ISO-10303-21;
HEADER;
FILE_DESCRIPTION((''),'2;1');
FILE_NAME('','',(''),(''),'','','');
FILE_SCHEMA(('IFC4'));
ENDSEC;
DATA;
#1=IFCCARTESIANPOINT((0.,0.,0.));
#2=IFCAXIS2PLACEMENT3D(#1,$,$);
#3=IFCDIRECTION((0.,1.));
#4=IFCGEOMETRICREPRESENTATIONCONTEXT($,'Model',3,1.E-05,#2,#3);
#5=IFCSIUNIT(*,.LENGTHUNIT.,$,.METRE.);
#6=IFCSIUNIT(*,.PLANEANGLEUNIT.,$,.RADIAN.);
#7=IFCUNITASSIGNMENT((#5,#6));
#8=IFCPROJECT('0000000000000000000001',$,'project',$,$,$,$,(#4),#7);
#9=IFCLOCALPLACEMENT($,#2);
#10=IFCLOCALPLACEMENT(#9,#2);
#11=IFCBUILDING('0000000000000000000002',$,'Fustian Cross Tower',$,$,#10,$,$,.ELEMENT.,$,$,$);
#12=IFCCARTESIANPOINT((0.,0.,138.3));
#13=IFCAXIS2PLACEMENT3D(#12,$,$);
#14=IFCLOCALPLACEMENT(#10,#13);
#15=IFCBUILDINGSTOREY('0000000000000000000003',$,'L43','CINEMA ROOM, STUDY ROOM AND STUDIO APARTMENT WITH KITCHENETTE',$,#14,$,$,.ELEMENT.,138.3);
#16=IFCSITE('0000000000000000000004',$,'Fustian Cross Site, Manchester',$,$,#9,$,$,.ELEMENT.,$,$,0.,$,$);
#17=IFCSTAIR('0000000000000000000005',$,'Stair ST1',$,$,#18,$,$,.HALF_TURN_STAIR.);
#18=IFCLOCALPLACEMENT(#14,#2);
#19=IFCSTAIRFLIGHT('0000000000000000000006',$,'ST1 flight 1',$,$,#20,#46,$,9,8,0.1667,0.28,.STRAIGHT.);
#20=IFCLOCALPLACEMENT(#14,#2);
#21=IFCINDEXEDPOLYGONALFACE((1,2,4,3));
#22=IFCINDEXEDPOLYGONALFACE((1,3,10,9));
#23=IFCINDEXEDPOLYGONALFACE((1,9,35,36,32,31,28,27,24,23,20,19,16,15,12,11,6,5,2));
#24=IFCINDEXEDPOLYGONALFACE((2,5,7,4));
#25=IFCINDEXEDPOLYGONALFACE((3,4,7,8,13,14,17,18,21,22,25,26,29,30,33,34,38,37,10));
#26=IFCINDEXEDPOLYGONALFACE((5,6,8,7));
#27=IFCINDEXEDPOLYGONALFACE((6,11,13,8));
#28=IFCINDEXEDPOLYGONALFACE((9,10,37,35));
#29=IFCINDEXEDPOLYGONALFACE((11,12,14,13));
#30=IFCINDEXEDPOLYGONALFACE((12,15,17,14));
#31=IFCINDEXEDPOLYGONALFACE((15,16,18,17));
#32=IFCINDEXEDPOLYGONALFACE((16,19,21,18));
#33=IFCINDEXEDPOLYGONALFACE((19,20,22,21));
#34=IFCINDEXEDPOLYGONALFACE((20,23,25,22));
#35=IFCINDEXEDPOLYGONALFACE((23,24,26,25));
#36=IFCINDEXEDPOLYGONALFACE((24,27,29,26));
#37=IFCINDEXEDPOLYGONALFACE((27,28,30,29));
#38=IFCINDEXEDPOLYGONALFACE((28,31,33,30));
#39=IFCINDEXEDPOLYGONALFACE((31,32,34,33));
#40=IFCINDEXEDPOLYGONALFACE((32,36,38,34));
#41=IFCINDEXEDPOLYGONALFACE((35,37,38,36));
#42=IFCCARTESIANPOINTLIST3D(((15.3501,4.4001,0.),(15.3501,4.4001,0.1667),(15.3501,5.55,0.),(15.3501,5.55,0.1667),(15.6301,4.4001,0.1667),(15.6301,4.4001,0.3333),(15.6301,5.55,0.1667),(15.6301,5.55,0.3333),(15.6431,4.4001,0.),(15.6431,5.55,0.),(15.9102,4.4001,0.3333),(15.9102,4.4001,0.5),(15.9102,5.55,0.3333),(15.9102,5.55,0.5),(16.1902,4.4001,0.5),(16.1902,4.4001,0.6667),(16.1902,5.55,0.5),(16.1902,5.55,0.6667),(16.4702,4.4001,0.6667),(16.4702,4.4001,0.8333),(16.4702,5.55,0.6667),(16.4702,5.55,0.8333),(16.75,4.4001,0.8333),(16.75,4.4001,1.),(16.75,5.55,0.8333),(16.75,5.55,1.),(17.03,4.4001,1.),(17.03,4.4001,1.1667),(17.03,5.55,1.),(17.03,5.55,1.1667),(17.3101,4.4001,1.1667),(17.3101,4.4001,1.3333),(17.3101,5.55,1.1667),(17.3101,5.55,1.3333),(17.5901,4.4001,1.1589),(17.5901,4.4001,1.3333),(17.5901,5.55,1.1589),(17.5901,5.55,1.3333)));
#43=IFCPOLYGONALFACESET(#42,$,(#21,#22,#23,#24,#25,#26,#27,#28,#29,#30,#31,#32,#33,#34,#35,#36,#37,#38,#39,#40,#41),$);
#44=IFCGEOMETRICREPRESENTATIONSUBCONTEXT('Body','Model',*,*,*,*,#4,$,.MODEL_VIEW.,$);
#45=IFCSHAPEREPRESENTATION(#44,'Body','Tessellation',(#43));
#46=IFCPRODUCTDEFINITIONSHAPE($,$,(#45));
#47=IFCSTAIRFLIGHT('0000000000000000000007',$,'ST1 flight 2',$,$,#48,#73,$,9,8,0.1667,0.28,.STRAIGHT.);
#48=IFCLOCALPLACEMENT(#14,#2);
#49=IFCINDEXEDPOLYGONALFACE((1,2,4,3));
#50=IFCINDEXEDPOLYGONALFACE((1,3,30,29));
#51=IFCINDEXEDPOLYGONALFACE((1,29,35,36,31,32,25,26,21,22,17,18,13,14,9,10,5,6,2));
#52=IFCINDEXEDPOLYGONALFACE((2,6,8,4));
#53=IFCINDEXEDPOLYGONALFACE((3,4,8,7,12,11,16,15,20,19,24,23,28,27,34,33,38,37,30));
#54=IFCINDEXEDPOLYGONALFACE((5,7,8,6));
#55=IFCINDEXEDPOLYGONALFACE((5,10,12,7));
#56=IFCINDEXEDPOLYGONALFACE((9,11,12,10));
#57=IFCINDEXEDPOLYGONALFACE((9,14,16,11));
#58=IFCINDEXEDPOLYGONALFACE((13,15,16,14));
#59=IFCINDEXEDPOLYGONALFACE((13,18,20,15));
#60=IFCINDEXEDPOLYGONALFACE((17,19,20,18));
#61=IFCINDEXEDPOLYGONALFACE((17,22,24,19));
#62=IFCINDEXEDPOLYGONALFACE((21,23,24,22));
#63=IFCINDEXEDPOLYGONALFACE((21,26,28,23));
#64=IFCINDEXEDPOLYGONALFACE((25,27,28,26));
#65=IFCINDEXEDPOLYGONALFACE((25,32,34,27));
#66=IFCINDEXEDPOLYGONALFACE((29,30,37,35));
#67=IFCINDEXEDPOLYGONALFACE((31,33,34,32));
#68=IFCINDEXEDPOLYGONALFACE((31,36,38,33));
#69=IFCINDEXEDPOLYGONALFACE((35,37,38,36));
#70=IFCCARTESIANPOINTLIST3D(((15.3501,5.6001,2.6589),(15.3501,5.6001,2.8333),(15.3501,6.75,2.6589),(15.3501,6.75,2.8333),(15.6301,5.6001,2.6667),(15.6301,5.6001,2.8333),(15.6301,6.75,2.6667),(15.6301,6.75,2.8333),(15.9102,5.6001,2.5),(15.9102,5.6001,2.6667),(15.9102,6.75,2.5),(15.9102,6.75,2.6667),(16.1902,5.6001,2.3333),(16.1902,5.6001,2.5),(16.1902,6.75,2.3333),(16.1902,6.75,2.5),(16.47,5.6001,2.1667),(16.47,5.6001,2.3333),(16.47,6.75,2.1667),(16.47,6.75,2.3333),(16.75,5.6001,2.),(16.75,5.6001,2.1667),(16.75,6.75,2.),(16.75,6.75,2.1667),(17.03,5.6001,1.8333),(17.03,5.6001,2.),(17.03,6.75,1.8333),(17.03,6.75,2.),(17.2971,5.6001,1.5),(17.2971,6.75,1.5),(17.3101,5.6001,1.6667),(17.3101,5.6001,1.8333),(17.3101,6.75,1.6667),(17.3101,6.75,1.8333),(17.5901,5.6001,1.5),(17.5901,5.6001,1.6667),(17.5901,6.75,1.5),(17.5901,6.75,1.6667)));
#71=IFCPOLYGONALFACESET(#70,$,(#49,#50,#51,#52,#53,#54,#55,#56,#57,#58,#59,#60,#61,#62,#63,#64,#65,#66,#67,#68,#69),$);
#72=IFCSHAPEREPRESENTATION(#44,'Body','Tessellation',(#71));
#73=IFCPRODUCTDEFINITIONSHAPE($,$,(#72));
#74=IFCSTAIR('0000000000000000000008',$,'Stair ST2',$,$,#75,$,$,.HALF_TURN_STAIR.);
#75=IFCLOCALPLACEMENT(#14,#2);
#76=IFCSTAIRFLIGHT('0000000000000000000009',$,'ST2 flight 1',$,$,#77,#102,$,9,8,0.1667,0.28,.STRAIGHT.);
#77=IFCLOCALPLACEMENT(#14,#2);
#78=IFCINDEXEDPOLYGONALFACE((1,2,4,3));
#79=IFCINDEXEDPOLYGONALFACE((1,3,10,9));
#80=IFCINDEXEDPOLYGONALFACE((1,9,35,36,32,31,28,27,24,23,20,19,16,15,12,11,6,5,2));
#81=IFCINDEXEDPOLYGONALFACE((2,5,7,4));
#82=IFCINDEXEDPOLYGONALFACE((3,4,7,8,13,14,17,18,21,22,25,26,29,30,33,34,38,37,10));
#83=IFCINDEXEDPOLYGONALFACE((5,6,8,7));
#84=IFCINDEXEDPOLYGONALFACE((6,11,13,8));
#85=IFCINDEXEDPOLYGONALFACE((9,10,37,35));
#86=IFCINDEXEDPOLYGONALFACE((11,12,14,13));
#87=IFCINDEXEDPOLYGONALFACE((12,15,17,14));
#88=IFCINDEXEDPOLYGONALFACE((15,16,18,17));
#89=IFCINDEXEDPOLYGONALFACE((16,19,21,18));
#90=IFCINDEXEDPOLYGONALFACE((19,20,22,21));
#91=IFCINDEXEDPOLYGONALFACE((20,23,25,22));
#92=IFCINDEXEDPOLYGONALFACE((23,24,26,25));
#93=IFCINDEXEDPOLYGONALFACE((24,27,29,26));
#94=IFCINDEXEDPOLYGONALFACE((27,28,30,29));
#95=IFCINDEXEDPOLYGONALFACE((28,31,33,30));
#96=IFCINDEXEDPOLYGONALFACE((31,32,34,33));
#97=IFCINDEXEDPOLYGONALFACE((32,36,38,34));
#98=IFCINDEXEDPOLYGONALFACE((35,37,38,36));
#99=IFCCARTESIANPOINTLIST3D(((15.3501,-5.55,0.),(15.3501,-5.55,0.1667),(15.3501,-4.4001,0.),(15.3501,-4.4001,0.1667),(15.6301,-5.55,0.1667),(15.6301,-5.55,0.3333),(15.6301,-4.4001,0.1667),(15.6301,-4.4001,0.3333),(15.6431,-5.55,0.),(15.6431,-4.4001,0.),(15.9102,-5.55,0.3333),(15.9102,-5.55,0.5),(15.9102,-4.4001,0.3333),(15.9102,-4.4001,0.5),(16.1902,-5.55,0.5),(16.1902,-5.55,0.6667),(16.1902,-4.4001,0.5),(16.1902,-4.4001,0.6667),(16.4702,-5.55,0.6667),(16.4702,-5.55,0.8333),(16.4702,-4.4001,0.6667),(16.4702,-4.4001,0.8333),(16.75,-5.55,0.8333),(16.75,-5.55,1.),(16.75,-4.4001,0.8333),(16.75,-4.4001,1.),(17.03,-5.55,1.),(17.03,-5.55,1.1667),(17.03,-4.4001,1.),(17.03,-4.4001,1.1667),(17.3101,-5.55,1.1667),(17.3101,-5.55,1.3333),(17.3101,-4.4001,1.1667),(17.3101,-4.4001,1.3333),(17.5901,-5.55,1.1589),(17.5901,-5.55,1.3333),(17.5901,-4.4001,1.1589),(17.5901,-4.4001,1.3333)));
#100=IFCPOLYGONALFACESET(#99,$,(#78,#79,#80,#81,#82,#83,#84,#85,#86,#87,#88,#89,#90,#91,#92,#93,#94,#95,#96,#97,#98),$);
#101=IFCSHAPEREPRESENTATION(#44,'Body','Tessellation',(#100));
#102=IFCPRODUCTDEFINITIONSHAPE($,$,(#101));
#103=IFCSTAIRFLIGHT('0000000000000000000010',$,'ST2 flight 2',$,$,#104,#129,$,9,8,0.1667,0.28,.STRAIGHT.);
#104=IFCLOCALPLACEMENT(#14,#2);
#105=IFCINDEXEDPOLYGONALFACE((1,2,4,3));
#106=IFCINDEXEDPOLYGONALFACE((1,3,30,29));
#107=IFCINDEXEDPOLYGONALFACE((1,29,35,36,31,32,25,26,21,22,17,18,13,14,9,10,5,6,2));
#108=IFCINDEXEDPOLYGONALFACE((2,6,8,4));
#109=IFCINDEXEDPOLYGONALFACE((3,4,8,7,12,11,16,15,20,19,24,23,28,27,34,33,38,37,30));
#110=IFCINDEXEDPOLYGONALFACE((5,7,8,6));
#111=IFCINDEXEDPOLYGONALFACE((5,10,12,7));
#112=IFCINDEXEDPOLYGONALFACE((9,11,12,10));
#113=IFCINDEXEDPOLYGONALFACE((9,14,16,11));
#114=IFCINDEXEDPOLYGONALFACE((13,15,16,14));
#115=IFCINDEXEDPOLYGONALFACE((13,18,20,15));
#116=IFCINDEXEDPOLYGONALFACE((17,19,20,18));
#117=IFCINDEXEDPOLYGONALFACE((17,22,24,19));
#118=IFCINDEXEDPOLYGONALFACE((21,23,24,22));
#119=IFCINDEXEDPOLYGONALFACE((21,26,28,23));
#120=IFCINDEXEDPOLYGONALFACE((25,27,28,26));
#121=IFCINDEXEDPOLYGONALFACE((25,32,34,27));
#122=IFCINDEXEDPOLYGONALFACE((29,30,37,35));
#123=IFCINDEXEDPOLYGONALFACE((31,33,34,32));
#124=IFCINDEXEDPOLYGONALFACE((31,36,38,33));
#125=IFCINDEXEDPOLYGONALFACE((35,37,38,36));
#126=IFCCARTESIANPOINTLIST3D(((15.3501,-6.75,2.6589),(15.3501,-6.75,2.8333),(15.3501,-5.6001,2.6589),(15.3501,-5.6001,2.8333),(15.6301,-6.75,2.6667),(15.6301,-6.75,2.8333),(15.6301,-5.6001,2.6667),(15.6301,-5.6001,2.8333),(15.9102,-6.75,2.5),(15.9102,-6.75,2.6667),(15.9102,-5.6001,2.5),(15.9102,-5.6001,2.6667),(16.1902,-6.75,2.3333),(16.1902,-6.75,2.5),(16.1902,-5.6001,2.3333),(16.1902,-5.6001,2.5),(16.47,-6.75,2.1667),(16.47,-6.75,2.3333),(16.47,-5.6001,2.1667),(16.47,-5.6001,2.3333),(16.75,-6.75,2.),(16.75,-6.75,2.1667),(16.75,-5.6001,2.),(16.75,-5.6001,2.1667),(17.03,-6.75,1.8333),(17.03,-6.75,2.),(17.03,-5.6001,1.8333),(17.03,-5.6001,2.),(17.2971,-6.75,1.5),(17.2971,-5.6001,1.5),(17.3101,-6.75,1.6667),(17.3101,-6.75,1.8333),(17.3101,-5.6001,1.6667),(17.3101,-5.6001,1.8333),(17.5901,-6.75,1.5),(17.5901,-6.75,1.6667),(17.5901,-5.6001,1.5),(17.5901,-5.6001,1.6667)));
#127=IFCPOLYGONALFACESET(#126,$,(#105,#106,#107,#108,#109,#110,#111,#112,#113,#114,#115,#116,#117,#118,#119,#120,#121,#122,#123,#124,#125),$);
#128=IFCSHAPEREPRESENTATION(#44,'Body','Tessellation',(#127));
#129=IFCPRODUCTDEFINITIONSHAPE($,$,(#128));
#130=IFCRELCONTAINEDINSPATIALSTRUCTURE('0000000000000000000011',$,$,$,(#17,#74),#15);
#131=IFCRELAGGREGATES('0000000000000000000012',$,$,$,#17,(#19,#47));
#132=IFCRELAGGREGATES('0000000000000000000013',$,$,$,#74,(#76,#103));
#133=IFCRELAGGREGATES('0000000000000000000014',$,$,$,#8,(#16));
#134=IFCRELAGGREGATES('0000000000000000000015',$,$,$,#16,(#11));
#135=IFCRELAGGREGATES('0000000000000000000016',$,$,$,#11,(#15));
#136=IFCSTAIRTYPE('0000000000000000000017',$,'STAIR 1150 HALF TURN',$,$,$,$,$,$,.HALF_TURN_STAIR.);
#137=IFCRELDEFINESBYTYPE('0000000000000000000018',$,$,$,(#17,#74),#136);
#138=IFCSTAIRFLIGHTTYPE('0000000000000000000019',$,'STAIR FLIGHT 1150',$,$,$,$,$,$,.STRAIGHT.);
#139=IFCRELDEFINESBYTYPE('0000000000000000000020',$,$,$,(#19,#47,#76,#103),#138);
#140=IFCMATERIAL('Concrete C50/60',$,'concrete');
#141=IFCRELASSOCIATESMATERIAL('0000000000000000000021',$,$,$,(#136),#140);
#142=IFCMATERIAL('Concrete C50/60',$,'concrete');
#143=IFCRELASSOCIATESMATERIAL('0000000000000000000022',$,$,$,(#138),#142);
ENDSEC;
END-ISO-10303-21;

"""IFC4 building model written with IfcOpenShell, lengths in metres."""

from ifc_helpers import new_model, si_unit, direction, frame, origin, place, context, subcontext, project, spatial, polyline, outline, extrude, material, type_object, element, aggregate, save


model = new_model("IFC4")

# Units and contexts
model_context = context("Model", 3, precision=1e-05, world=origin(), true_north=direction((0.0, 1.0)))
body_context = subcontext(model_context, "Body", "Model", "MODEL_VIEW")
ifc_project = project(units=[si_unit("LENGTHUNIT", "METRE"), si_unit("PLANEANGLEUNIT", "RADIAN")], contexts=[model_context])

# Site, building, storey
site_placement = place(None, origin())
site = spatial("IfcSite", under=ifc_project, at=site_placement, Name="Fustian Cross Site, Manchester", CompositionType="ELEMENT", RefElevation=0.0)
building_placement = place(site_placement, origin())
building = spatial("IfcBuilding", under=site, at=building_placement, Name="Fustian Cross Tower", CompositionType="ELEMENT")
storey_placement = place(building_placement, frame((0.0, 0.0, 138.3)))
storey = spatial("IfcBuildingStorey", under=building, at=storey_placement, Name="L43", Description="CINEMA ROOM, STUDY ROOM AND STUDIO APARTMENT WITH KITCHENETTE", CompositionType="ELEMENT", Elevation=138.3)

# Stairs, stair flights
ifc_material_1 = material(Name="Concrete C50/60", Category="concrete")
stair_type = type_object("IfcStairType", Name="STAIR 1150 HALF TURN", PredefinedType="HALF_TURN_STAIR", material=ifc_material_1)
stair_1_placement = place(storey_placement, origin())
stair_1 = element("IfcStair", 1, at=stair_1_placement, inside=storey, type_object=stair_type, Name="Stair ST1", PredefinedType="HALF_TURN_STAIR")
ifc_material_2 = material(Name="Concrete C50/60", Category="concrete")
stair_flight_type = type_object("IfcStairFlightType", Name="STAIR FLIGHT 1150", PredefinedType="STRAIGHT", material=ifc_material_2)
stair_flight_1_placement = place(storey_placement, frame((15.3501, 4.9751, 0.0), z_axis=(0.0, 0.0, 1.0), x_axis=(1.0, 0.0, 0.0)))
stair_flight_1 = element("IfcStairFlight", 2, at=stair_flight_1_placement, type_object=stair_flight_type, Name="ST1 flight 1", NumberOfRisers=9, NumberOfTreads=8, PredefinedType="STRAIGHT", RiserHeight=0.1667, TreadLength=0.28, context=body_context, shape_type="SweptSolid", body=[
    extrude(outline(polyline([(0.0, 0.0), (0.0, 0.1667), (0.28, 0.1667), (0.28, 0.3333), (0.5601, 0.3333), (0.5601, 0.5), (0.8401, 0.5), (0.8401, 0.6667), (1.1201, 0.6667), (1.1201, 0.8333), (1.3999, 0.8333), (1.3999, 1.0), (1.6799, 1.0), (1.6799, 1.1667), (1.96, 1.1667), (1.96, 1.3333), (2.24, 1.3333), (2.24, 1.5), (2.24, 1.1589), (0.293, 0.0), (0.0, 0.0)])), frame((0.0, 0.575, 0.0), z_axis=(0.0, -1.0, 0.0), x_axis=(1.0, 0.0, 0.0)), (0.0, 0.0, 1.0), 1.1499),
])
stair_flight_2_placement = place(storey_placement, frame((17.5901, 6.175, 1.5), z_axis=(0.0, 0.0, 1.0), x_axis=(-1.0, 0.0, 0.0)))
stair_flight_2 = element("IfcStairFlight", 3, at=stair_flight_2_placement, type_object=stair_flight_type, Name="ST1 flight 2", NumberOfRisers=9, NumberOfTreads=8, PredefinedType="STRAIGHT", RiserHeight=0.1667, TreadLength=0.28, context=body_context, shape_type="SweptSolid", body=[
    extrude(outline(polyline([(0.0, 0.0), (0.0, 0.1667), (0.28, 0.1667), (0.28, 0.3333), (0.5601, 0.3333), (0.5601, 0.5), (0.8401, 0.5), (0.8401, 0.6667), (1.1201, 0.6667), (1.1201, 0.8333), (1.3999, 0.8333), (1.3999, 1.0), (1.6799, 1.0), (1.6799, 1.1667), (1.96, 1.1667), (1.96, 1.3333), (2.24, 1.3333), (2.24, 1.5), (2.24, 1.1589), (0.293, 0.0), (0.0, 0.0)])), frame((0.0, 0.575, 0.0), z_axis=(0.0, -1.0, 0.0), x_axis=(1.0, 0.0, 0.0)), (0.0, 0.0, 1.0), 1.1499),
])
aggregate(stair_1, [stair_flight_1, stair_flight_2])
stair_2_placement = place(storey_placement, origin())
stair_2 = element("IfcStair", 4, at=stair_2_placement, inside=storey, type_object=stair_type, Name="Stair ST2", PredefinedType="HALF_TURN_STAIR")
stair_flight_3_placement = place(storey_placement, frame((15.3501, -4.9751, 0.0), z_axis=(0.0, 0.0, 1.0), x_axis=(1.0, 0.0, 0.0)))
stair_flight_3 = element("IfcStairFlight", 5, at=stair_flight_3_placement, type_object=stair_flight_type, Name="ST2 flight 1", NumberOfRisers=9, NumberOfTreads=8, PredefinedType="STRAIGHT", RiserHeight=0.1667, TreadLength=0.28, context=body_context, shape_type="SweptSolid", body=[
    extrude(outline(polyline([(0.0, 0.0), (0.0, 0.1667), (0.28, 0.1667), (0.28, 0.3333), (0.5601, 0.3333), (0.5601, 0.5), (0.8401, 0.5), (0.8401, 0.6667), (1.1201, 0.6667), (1.1201, 0.8333), (1.3999, 0.8333), (1.3999, 1.0), (1.6799, 1.0), (1.6799, 1.1667), (1.96, 1.1667), (1.96, 1.3333), (2.24, 1.3333), (2.24, 1.5), (2.24, 1.1589), (0.293, 0.0), (0.0, 0.0)])), frame((0.0, 0.575, 0.0), z_axis=(0.0, -1.0, 0.0), x_axis=(1.0, 0.0, 0.0)), (0.0, 0.0, 1.0), 1.1499),
])
stair_flight_4_placement = place(storey_placement, frame((17.5901, -6.175, 1.5), z_axis=(0.0, 0.0, 1.0), x_axis=(-1.0, 0.0, 0.0)))
stair_flight_4 = element("IfcStairFlight", 6, at=stair_flight_4_placement, type_object=stair_flight_type, Name="ST2 flight 2", NumberOfRisers=9, NumberOfTreads=8, PredefinedType="STRAIGHT", RiserHeight=0.1667, TreadLength=0.28, context=body_context, shape_type="SweptSolid", body=[
    extrude(outline(polyline([(0.0, 0.0), (0.0, 0.1667), (0.28, 0.1667), (0.28, 0.3333), (0.5601, 0.3333), (0.5601, 0.5), (0.8401, 0.5), (0.8401, 0.6667), (1.1201, 0.6667), (1.1201, 0.8333), (1.3999, 0.8333), (1.3999, 1.0), (1.6799, 1.0), (1.6799, 1.1667), (1.96, 1.1667), (1.96, 1.3333), (2.24, 1.3333), (2.24, 1.5), (2.24, 1.1589), (0.293, 0.0), (0.0, 0.0)])), frame((0.0, 0.575, 0.0), z_axis=(0.0, -1.0, 0.0), x_axis=(1.0, 0.0, 0.0)), (0.0, 0.0, 1.0), 1.1499),
])
aggregate(stair_2, [stair_flight_3, stair_flight_4])

save(model, "model.ifc")
